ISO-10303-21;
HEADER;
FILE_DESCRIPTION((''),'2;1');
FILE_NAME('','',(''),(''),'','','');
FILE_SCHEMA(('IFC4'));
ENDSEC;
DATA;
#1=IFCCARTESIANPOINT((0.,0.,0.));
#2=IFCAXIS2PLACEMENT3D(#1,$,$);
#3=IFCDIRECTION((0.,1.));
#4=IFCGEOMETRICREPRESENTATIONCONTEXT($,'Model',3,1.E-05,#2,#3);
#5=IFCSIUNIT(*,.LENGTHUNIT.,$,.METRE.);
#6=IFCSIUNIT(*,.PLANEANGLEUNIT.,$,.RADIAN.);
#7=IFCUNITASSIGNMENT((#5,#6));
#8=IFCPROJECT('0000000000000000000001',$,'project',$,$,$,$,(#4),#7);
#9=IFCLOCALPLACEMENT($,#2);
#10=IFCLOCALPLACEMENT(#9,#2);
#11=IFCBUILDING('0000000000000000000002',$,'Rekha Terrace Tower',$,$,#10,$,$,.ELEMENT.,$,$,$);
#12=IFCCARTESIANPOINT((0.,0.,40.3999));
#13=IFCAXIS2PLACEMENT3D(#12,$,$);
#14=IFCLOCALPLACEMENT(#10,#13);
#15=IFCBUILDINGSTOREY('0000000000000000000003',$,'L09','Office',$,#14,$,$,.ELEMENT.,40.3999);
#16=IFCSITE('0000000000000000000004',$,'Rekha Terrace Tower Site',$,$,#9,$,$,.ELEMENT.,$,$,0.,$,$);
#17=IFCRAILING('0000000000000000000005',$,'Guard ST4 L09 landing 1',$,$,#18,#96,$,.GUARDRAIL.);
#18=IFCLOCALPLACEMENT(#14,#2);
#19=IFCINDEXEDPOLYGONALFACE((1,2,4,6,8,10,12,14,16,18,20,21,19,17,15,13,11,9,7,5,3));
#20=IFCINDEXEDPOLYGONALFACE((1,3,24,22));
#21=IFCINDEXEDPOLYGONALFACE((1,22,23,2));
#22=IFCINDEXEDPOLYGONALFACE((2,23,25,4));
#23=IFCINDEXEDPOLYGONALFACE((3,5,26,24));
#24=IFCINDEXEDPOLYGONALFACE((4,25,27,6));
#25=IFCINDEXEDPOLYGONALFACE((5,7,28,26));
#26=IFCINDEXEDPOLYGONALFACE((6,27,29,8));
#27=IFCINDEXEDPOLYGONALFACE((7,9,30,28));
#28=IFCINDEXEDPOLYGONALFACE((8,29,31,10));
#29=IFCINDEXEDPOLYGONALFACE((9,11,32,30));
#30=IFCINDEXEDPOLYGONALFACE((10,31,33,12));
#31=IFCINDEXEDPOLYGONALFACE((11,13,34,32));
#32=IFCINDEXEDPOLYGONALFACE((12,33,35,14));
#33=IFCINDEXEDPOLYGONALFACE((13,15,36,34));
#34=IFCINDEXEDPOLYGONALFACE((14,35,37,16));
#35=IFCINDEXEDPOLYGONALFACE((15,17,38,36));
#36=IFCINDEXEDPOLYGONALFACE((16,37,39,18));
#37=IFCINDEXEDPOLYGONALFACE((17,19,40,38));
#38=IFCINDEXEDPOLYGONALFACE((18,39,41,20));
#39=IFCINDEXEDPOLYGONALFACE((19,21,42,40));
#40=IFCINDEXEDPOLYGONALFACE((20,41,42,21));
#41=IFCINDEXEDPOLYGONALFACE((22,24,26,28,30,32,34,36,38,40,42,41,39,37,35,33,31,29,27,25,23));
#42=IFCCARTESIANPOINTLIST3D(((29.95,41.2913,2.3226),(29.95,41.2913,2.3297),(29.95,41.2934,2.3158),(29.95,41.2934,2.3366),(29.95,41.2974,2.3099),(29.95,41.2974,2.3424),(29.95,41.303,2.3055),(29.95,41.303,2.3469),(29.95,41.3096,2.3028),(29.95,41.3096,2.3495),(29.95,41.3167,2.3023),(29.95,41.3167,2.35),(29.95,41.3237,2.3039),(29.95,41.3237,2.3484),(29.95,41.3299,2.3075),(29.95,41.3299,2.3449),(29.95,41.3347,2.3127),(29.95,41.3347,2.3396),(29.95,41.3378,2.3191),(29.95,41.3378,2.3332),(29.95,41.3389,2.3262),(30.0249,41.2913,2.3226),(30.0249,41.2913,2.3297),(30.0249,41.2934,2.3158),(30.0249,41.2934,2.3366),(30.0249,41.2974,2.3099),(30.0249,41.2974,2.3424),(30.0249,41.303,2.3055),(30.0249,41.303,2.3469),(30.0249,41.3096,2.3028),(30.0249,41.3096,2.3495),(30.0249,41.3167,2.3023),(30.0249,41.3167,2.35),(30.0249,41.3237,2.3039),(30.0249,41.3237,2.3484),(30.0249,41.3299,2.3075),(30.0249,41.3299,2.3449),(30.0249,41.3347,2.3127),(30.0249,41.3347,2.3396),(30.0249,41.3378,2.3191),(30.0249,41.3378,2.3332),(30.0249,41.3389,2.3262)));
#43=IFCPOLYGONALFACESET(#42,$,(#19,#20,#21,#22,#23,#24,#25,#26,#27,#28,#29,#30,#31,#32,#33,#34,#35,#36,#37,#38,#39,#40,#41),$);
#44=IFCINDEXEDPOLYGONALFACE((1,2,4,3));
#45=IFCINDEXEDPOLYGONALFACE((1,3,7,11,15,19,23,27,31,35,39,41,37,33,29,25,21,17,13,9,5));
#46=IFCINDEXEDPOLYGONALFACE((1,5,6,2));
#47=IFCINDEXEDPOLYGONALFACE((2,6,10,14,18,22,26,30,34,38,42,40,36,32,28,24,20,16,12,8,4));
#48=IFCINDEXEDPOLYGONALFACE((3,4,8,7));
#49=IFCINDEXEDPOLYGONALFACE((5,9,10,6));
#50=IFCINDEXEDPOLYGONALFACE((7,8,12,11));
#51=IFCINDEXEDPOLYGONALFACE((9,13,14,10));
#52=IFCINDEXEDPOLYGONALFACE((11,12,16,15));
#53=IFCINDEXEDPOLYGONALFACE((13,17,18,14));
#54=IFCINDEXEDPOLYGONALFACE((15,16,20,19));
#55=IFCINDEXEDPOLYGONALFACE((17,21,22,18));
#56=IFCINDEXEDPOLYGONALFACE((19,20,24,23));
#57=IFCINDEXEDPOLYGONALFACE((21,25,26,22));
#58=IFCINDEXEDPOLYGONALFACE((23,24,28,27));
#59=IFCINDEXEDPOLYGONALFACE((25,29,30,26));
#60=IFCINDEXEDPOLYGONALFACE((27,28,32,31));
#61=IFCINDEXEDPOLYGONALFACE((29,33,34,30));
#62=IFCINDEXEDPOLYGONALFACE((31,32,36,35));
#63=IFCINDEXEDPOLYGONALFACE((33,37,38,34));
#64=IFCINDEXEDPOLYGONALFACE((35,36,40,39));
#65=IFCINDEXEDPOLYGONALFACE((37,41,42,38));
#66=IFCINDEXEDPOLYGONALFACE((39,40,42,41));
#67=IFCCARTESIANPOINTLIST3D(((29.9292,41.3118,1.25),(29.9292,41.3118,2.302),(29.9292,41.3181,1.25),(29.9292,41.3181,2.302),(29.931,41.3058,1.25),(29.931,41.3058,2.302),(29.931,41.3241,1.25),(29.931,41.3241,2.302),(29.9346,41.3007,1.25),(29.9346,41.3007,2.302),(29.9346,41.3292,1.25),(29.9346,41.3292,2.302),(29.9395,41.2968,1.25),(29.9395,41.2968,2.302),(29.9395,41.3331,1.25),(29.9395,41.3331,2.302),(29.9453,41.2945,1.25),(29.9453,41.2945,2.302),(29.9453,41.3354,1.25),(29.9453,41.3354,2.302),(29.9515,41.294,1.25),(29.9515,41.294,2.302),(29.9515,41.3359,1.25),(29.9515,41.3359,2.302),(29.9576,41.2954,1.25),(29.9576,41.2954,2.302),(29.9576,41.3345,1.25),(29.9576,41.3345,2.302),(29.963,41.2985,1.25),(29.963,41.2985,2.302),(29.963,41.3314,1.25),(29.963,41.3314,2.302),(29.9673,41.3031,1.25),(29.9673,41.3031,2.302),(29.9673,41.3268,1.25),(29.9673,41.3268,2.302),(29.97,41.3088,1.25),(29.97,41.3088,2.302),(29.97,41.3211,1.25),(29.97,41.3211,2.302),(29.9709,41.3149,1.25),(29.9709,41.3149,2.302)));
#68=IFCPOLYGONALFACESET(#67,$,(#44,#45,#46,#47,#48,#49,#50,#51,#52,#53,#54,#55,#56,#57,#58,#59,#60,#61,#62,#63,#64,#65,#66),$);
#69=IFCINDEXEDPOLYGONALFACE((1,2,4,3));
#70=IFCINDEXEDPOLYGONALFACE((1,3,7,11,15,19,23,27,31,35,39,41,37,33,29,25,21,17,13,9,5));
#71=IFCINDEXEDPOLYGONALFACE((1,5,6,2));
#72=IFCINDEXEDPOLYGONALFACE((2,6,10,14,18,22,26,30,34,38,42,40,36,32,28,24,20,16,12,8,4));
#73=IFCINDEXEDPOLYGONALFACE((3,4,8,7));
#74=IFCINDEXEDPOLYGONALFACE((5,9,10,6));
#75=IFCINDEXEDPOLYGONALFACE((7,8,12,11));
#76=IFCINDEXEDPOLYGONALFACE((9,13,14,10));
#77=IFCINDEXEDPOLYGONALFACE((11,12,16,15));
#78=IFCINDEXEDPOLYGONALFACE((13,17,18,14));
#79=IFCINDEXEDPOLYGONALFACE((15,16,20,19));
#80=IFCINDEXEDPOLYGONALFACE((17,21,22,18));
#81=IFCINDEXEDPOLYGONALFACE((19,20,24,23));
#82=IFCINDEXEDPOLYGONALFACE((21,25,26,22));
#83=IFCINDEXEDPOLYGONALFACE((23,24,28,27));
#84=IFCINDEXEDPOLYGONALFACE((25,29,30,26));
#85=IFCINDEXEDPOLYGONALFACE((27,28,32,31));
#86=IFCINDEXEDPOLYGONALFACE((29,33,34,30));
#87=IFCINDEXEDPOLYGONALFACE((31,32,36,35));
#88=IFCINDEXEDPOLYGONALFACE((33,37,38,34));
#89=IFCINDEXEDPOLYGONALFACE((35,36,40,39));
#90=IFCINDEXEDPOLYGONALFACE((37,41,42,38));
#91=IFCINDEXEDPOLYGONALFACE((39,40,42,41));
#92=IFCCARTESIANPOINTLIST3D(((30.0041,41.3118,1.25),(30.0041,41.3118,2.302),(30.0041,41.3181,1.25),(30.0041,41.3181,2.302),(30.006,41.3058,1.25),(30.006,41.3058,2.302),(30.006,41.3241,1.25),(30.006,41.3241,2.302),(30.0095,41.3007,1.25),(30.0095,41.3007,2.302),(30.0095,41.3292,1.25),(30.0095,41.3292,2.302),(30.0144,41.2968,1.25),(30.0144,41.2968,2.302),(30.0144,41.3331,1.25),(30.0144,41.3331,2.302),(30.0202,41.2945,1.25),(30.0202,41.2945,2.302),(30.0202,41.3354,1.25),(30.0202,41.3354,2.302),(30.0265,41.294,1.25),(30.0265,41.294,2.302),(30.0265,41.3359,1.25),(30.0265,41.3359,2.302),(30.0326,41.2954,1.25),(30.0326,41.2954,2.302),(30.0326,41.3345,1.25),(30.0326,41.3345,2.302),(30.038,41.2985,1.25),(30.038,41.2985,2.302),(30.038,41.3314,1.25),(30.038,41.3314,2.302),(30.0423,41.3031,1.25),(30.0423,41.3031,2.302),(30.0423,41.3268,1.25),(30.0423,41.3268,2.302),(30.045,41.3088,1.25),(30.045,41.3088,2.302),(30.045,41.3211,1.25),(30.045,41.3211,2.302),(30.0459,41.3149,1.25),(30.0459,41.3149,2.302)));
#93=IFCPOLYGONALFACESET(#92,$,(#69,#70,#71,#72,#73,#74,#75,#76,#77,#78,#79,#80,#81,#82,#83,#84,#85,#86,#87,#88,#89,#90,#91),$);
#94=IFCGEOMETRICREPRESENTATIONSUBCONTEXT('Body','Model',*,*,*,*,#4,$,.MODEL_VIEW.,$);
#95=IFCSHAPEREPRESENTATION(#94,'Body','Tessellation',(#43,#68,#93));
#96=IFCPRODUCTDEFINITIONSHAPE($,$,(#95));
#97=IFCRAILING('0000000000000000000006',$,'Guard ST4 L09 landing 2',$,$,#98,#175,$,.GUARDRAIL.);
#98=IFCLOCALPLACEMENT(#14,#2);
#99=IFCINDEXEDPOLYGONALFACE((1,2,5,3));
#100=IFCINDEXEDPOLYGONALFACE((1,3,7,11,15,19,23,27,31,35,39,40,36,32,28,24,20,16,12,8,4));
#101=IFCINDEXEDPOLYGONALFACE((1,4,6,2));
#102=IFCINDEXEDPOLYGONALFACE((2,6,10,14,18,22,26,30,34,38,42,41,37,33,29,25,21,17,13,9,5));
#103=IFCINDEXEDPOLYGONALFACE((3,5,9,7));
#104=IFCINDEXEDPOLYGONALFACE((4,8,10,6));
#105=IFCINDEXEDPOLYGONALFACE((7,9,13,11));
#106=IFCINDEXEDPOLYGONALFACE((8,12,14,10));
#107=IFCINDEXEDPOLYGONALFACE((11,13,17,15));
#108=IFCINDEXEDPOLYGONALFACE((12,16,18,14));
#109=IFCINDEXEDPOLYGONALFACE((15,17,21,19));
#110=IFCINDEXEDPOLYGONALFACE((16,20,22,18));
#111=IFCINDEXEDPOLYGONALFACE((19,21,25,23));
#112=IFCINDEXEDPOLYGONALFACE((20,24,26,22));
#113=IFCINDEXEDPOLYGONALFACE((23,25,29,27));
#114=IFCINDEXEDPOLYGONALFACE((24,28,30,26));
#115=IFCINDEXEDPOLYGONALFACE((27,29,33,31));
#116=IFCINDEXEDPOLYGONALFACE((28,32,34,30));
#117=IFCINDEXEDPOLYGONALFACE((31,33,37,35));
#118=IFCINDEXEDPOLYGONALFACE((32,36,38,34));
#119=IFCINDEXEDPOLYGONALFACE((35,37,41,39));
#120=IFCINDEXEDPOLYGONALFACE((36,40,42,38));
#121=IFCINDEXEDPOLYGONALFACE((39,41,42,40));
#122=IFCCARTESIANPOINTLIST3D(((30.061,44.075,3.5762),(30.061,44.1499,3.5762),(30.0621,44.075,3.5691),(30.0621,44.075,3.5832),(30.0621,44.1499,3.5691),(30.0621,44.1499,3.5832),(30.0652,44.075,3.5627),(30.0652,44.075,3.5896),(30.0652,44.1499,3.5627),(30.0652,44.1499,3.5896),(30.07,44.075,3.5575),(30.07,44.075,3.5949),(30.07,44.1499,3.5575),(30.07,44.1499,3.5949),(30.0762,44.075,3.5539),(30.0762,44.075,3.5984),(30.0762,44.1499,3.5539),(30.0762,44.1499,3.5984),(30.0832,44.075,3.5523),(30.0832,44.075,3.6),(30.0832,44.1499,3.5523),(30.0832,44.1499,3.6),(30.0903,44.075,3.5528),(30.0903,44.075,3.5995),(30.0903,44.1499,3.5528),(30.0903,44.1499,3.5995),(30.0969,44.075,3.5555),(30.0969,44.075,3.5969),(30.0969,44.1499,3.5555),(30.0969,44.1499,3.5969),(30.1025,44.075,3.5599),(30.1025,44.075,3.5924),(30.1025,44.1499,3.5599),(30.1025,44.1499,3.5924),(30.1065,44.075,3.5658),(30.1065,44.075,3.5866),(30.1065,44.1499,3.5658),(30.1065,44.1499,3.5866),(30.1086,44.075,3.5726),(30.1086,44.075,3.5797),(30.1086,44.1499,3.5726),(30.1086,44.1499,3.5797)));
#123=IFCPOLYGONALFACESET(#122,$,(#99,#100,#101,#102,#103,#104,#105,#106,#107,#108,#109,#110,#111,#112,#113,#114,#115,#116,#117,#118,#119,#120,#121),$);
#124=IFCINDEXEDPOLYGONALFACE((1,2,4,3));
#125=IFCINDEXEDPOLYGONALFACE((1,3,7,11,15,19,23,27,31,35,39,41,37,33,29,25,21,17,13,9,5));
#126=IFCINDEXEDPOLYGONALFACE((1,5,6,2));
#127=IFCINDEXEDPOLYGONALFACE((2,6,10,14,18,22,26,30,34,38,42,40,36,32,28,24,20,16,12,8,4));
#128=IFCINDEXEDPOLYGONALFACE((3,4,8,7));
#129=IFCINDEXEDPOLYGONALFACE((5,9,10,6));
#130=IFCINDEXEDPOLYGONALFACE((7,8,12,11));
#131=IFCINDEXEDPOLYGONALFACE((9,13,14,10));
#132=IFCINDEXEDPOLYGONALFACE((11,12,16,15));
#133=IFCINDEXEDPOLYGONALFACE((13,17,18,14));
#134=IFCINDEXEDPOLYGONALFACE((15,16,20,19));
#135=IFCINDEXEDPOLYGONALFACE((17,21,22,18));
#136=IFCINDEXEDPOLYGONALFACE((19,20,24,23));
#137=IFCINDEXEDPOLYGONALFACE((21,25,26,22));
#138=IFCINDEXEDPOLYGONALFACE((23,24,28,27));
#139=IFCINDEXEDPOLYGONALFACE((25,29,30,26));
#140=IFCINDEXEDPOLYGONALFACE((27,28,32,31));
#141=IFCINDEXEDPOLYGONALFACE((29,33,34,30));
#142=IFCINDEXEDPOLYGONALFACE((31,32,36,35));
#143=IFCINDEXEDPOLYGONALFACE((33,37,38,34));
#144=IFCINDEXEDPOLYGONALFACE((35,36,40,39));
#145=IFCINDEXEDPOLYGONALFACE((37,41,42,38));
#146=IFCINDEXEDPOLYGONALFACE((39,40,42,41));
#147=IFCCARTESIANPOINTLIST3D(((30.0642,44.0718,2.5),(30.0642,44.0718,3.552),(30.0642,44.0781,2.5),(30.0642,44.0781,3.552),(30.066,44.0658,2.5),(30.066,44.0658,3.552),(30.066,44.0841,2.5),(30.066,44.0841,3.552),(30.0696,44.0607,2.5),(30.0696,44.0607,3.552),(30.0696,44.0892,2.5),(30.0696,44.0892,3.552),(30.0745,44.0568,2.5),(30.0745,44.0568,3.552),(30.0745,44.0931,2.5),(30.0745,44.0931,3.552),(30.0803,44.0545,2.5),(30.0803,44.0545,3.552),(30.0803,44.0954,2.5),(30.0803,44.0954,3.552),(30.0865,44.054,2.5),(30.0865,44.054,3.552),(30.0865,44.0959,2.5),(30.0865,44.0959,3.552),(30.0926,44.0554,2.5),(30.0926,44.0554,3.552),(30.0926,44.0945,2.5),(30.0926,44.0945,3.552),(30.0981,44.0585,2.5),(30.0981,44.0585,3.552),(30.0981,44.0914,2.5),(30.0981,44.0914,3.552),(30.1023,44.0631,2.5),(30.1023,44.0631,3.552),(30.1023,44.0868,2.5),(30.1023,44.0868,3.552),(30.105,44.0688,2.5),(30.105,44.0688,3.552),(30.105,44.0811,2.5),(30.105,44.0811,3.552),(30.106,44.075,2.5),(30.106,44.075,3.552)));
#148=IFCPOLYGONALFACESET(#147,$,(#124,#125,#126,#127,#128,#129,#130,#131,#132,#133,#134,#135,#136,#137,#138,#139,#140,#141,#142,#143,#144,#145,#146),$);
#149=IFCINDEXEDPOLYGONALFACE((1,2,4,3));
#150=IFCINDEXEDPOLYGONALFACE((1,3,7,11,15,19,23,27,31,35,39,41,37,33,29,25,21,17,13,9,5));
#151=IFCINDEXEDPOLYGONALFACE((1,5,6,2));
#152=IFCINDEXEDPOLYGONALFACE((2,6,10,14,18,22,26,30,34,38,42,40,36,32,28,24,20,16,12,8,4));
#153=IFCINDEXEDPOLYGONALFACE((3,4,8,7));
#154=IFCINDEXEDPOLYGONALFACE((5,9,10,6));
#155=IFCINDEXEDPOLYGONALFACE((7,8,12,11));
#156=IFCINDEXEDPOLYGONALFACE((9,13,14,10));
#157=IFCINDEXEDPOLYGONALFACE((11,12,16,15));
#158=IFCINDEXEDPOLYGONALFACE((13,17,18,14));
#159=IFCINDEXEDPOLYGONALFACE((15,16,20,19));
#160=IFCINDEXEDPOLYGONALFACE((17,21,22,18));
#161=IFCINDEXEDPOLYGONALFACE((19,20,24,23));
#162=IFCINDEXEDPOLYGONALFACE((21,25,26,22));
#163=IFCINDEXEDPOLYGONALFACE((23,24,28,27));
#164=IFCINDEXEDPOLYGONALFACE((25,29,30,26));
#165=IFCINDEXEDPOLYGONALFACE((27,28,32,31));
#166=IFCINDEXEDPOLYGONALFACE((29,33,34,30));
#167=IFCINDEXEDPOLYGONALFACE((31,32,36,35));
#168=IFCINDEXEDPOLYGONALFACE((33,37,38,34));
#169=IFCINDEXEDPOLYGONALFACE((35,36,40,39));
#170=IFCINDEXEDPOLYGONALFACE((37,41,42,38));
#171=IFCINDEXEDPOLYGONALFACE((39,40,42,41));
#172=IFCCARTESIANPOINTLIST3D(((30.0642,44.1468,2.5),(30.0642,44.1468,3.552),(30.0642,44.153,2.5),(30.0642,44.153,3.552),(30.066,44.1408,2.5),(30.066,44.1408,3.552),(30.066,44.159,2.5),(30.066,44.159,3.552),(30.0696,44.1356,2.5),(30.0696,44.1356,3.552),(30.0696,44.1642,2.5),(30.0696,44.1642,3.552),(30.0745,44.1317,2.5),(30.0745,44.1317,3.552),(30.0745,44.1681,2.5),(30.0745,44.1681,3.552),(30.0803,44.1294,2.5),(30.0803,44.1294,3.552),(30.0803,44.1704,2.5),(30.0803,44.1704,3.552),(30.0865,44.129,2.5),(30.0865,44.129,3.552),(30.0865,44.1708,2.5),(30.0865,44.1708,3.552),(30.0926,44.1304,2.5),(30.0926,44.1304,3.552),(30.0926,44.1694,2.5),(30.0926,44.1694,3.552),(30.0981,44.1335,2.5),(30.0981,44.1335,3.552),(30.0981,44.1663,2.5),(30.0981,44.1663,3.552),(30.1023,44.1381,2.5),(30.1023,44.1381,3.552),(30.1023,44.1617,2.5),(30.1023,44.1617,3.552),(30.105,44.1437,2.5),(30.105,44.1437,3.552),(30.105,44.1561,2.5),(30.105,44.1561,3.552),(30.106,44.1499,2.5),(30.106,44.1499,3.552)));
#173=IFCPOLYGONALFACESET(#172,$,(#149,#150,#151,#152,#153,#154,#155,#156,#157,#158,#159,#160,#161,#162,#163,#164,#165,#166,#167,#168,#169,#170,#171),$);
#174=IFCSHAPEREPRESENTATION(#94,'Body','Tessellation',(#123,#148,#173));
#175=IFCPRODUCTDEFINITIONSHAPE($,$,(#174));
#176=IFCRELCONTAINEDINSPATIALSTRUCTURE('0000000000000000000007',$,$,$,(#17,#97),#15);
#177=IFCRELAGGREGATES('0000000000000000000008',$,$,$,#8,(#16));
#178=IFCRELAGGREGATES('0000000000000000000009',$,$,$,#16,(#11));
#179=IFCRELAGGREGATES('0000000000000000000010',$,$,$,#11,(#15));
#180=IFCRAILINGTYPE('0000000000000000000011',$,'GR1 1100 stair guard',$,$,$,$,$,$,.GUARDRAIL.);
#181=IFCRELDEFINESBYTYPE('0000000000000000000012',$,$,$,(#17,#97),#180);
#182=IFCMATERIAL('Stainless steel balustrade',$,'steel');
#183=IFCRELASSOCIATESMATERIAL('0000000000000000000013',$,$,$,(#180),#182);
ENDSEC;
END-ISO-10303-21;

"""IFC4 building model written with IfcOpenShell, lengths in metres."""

from ifc_helpers import new_model, si_unit, direction, frame, origin, origin_2d, place, context, subcontext, project, spatial, circle, extrude, material, type_object, element, save


model = new_model("IFC4")

# Units and contexts
model_context = context("Model", 3, precision=1e-05, world=origin(), true_north=direction((0.0, 1.0)))
body_context = subcontext(model_context, "Body", "Model", "MODEL_VIEW")
ifc_project = project(units=[si_unit("LENGTHUNIT", "METRE"), si_unit("PLANEANGLEUNIT", "RADIAN")], contexts=[model_context])

# Site, building, storey
site_placement = place(None, origin())
site = spatial("IfcSite", under=ifc_project, at=site_placement, Name="Rekha Terrace Tower Site", CompositionType="ELEMENT", RefElevation=0.0)
building_placement = place(site_placement, origin())
building = spatial("IfcBuilding", under=site, at=building_placement, Name="Rekha Terrace Tower", CompositionType="ELEMENT")
storey_placement = place(building_placement, frame((0.0, 0.0, 40.3999)))
storey = spatial("IfcBuildingStorey", under=building, at=storey_placement, Name="L09", Description="Office", CompositionType="ELEMENT", Elevation=40.3999)

# Railings
ifc_material_1 = material(Name="Stainless steel balustrade", Category="steel")
railing_type_1 = type_object("IfcRailingType", Name="GR1 1100 stair guard", PredefinedType="GUARDRAIL", material=ifc_material_1)
railing_1_placement = place(storey_placement, frame((29.95, 41.3149, 1.25)))
element("IfcRailing", 1, at=railing_1_placement, inside=storey, type_object=railing_type_1, Name="Guard ST4 L09 landing 1", PredefinedType="GUARDRAIL", context=body_context, shape_type="SweptSolid", body=[
    extrude(circle(Radius=0.0239, at=origin_2d()), frame((0.0, 0.0, 1.0762), z_axis=(1.0, 0.0, 0.0), x_axis=(0.0, 1.0, 0.0)), (0.0, 0.0, 1.0), 0.075),
    extrude(circle(Radius=0.021, at=origin_2d()), origin(), (0.0, 0.0, 1.0), 1.052),
    extrude(circle(Radius=0.021, at=origin_2d()), frame((0.075, 0.0, 0.0)), (0.0, 0.0, 1.0), 1.052),
])
railing_2_placement = place(storey_placement, frame((30.085, 44.075, 2.5)))
element("IfcRailing", 2, at=railing_2_placement, inside=storey, type_object=railing_type_1, Name="Guard ST4 L09 landing 2", PredefinedType="GUARDRAIL", context=body_context, shape_type="SweptSolid", body=[
    extrude(circle(Radius=0.0239, at=origin_2d()), frame((0.0, 0.0, 1.0762), z_axis=(0.0, 1.0, 0.0), x_axis=(-1.0, 0.0, 0.0)), (0.0, 0.0, 1.0), 0.075),
    extrude(circle(Radius=0.021, at=origin_2d()), origin(), (0.0, 0.0, 1.0), 1.052),
    extrude(circle(Radius=0.021, at=origin_2d()), frame((0.0, 0.075, 0.0)), (0.0, 0.0, 1.0), 1.052),
])

save(model, "model.ifc")
